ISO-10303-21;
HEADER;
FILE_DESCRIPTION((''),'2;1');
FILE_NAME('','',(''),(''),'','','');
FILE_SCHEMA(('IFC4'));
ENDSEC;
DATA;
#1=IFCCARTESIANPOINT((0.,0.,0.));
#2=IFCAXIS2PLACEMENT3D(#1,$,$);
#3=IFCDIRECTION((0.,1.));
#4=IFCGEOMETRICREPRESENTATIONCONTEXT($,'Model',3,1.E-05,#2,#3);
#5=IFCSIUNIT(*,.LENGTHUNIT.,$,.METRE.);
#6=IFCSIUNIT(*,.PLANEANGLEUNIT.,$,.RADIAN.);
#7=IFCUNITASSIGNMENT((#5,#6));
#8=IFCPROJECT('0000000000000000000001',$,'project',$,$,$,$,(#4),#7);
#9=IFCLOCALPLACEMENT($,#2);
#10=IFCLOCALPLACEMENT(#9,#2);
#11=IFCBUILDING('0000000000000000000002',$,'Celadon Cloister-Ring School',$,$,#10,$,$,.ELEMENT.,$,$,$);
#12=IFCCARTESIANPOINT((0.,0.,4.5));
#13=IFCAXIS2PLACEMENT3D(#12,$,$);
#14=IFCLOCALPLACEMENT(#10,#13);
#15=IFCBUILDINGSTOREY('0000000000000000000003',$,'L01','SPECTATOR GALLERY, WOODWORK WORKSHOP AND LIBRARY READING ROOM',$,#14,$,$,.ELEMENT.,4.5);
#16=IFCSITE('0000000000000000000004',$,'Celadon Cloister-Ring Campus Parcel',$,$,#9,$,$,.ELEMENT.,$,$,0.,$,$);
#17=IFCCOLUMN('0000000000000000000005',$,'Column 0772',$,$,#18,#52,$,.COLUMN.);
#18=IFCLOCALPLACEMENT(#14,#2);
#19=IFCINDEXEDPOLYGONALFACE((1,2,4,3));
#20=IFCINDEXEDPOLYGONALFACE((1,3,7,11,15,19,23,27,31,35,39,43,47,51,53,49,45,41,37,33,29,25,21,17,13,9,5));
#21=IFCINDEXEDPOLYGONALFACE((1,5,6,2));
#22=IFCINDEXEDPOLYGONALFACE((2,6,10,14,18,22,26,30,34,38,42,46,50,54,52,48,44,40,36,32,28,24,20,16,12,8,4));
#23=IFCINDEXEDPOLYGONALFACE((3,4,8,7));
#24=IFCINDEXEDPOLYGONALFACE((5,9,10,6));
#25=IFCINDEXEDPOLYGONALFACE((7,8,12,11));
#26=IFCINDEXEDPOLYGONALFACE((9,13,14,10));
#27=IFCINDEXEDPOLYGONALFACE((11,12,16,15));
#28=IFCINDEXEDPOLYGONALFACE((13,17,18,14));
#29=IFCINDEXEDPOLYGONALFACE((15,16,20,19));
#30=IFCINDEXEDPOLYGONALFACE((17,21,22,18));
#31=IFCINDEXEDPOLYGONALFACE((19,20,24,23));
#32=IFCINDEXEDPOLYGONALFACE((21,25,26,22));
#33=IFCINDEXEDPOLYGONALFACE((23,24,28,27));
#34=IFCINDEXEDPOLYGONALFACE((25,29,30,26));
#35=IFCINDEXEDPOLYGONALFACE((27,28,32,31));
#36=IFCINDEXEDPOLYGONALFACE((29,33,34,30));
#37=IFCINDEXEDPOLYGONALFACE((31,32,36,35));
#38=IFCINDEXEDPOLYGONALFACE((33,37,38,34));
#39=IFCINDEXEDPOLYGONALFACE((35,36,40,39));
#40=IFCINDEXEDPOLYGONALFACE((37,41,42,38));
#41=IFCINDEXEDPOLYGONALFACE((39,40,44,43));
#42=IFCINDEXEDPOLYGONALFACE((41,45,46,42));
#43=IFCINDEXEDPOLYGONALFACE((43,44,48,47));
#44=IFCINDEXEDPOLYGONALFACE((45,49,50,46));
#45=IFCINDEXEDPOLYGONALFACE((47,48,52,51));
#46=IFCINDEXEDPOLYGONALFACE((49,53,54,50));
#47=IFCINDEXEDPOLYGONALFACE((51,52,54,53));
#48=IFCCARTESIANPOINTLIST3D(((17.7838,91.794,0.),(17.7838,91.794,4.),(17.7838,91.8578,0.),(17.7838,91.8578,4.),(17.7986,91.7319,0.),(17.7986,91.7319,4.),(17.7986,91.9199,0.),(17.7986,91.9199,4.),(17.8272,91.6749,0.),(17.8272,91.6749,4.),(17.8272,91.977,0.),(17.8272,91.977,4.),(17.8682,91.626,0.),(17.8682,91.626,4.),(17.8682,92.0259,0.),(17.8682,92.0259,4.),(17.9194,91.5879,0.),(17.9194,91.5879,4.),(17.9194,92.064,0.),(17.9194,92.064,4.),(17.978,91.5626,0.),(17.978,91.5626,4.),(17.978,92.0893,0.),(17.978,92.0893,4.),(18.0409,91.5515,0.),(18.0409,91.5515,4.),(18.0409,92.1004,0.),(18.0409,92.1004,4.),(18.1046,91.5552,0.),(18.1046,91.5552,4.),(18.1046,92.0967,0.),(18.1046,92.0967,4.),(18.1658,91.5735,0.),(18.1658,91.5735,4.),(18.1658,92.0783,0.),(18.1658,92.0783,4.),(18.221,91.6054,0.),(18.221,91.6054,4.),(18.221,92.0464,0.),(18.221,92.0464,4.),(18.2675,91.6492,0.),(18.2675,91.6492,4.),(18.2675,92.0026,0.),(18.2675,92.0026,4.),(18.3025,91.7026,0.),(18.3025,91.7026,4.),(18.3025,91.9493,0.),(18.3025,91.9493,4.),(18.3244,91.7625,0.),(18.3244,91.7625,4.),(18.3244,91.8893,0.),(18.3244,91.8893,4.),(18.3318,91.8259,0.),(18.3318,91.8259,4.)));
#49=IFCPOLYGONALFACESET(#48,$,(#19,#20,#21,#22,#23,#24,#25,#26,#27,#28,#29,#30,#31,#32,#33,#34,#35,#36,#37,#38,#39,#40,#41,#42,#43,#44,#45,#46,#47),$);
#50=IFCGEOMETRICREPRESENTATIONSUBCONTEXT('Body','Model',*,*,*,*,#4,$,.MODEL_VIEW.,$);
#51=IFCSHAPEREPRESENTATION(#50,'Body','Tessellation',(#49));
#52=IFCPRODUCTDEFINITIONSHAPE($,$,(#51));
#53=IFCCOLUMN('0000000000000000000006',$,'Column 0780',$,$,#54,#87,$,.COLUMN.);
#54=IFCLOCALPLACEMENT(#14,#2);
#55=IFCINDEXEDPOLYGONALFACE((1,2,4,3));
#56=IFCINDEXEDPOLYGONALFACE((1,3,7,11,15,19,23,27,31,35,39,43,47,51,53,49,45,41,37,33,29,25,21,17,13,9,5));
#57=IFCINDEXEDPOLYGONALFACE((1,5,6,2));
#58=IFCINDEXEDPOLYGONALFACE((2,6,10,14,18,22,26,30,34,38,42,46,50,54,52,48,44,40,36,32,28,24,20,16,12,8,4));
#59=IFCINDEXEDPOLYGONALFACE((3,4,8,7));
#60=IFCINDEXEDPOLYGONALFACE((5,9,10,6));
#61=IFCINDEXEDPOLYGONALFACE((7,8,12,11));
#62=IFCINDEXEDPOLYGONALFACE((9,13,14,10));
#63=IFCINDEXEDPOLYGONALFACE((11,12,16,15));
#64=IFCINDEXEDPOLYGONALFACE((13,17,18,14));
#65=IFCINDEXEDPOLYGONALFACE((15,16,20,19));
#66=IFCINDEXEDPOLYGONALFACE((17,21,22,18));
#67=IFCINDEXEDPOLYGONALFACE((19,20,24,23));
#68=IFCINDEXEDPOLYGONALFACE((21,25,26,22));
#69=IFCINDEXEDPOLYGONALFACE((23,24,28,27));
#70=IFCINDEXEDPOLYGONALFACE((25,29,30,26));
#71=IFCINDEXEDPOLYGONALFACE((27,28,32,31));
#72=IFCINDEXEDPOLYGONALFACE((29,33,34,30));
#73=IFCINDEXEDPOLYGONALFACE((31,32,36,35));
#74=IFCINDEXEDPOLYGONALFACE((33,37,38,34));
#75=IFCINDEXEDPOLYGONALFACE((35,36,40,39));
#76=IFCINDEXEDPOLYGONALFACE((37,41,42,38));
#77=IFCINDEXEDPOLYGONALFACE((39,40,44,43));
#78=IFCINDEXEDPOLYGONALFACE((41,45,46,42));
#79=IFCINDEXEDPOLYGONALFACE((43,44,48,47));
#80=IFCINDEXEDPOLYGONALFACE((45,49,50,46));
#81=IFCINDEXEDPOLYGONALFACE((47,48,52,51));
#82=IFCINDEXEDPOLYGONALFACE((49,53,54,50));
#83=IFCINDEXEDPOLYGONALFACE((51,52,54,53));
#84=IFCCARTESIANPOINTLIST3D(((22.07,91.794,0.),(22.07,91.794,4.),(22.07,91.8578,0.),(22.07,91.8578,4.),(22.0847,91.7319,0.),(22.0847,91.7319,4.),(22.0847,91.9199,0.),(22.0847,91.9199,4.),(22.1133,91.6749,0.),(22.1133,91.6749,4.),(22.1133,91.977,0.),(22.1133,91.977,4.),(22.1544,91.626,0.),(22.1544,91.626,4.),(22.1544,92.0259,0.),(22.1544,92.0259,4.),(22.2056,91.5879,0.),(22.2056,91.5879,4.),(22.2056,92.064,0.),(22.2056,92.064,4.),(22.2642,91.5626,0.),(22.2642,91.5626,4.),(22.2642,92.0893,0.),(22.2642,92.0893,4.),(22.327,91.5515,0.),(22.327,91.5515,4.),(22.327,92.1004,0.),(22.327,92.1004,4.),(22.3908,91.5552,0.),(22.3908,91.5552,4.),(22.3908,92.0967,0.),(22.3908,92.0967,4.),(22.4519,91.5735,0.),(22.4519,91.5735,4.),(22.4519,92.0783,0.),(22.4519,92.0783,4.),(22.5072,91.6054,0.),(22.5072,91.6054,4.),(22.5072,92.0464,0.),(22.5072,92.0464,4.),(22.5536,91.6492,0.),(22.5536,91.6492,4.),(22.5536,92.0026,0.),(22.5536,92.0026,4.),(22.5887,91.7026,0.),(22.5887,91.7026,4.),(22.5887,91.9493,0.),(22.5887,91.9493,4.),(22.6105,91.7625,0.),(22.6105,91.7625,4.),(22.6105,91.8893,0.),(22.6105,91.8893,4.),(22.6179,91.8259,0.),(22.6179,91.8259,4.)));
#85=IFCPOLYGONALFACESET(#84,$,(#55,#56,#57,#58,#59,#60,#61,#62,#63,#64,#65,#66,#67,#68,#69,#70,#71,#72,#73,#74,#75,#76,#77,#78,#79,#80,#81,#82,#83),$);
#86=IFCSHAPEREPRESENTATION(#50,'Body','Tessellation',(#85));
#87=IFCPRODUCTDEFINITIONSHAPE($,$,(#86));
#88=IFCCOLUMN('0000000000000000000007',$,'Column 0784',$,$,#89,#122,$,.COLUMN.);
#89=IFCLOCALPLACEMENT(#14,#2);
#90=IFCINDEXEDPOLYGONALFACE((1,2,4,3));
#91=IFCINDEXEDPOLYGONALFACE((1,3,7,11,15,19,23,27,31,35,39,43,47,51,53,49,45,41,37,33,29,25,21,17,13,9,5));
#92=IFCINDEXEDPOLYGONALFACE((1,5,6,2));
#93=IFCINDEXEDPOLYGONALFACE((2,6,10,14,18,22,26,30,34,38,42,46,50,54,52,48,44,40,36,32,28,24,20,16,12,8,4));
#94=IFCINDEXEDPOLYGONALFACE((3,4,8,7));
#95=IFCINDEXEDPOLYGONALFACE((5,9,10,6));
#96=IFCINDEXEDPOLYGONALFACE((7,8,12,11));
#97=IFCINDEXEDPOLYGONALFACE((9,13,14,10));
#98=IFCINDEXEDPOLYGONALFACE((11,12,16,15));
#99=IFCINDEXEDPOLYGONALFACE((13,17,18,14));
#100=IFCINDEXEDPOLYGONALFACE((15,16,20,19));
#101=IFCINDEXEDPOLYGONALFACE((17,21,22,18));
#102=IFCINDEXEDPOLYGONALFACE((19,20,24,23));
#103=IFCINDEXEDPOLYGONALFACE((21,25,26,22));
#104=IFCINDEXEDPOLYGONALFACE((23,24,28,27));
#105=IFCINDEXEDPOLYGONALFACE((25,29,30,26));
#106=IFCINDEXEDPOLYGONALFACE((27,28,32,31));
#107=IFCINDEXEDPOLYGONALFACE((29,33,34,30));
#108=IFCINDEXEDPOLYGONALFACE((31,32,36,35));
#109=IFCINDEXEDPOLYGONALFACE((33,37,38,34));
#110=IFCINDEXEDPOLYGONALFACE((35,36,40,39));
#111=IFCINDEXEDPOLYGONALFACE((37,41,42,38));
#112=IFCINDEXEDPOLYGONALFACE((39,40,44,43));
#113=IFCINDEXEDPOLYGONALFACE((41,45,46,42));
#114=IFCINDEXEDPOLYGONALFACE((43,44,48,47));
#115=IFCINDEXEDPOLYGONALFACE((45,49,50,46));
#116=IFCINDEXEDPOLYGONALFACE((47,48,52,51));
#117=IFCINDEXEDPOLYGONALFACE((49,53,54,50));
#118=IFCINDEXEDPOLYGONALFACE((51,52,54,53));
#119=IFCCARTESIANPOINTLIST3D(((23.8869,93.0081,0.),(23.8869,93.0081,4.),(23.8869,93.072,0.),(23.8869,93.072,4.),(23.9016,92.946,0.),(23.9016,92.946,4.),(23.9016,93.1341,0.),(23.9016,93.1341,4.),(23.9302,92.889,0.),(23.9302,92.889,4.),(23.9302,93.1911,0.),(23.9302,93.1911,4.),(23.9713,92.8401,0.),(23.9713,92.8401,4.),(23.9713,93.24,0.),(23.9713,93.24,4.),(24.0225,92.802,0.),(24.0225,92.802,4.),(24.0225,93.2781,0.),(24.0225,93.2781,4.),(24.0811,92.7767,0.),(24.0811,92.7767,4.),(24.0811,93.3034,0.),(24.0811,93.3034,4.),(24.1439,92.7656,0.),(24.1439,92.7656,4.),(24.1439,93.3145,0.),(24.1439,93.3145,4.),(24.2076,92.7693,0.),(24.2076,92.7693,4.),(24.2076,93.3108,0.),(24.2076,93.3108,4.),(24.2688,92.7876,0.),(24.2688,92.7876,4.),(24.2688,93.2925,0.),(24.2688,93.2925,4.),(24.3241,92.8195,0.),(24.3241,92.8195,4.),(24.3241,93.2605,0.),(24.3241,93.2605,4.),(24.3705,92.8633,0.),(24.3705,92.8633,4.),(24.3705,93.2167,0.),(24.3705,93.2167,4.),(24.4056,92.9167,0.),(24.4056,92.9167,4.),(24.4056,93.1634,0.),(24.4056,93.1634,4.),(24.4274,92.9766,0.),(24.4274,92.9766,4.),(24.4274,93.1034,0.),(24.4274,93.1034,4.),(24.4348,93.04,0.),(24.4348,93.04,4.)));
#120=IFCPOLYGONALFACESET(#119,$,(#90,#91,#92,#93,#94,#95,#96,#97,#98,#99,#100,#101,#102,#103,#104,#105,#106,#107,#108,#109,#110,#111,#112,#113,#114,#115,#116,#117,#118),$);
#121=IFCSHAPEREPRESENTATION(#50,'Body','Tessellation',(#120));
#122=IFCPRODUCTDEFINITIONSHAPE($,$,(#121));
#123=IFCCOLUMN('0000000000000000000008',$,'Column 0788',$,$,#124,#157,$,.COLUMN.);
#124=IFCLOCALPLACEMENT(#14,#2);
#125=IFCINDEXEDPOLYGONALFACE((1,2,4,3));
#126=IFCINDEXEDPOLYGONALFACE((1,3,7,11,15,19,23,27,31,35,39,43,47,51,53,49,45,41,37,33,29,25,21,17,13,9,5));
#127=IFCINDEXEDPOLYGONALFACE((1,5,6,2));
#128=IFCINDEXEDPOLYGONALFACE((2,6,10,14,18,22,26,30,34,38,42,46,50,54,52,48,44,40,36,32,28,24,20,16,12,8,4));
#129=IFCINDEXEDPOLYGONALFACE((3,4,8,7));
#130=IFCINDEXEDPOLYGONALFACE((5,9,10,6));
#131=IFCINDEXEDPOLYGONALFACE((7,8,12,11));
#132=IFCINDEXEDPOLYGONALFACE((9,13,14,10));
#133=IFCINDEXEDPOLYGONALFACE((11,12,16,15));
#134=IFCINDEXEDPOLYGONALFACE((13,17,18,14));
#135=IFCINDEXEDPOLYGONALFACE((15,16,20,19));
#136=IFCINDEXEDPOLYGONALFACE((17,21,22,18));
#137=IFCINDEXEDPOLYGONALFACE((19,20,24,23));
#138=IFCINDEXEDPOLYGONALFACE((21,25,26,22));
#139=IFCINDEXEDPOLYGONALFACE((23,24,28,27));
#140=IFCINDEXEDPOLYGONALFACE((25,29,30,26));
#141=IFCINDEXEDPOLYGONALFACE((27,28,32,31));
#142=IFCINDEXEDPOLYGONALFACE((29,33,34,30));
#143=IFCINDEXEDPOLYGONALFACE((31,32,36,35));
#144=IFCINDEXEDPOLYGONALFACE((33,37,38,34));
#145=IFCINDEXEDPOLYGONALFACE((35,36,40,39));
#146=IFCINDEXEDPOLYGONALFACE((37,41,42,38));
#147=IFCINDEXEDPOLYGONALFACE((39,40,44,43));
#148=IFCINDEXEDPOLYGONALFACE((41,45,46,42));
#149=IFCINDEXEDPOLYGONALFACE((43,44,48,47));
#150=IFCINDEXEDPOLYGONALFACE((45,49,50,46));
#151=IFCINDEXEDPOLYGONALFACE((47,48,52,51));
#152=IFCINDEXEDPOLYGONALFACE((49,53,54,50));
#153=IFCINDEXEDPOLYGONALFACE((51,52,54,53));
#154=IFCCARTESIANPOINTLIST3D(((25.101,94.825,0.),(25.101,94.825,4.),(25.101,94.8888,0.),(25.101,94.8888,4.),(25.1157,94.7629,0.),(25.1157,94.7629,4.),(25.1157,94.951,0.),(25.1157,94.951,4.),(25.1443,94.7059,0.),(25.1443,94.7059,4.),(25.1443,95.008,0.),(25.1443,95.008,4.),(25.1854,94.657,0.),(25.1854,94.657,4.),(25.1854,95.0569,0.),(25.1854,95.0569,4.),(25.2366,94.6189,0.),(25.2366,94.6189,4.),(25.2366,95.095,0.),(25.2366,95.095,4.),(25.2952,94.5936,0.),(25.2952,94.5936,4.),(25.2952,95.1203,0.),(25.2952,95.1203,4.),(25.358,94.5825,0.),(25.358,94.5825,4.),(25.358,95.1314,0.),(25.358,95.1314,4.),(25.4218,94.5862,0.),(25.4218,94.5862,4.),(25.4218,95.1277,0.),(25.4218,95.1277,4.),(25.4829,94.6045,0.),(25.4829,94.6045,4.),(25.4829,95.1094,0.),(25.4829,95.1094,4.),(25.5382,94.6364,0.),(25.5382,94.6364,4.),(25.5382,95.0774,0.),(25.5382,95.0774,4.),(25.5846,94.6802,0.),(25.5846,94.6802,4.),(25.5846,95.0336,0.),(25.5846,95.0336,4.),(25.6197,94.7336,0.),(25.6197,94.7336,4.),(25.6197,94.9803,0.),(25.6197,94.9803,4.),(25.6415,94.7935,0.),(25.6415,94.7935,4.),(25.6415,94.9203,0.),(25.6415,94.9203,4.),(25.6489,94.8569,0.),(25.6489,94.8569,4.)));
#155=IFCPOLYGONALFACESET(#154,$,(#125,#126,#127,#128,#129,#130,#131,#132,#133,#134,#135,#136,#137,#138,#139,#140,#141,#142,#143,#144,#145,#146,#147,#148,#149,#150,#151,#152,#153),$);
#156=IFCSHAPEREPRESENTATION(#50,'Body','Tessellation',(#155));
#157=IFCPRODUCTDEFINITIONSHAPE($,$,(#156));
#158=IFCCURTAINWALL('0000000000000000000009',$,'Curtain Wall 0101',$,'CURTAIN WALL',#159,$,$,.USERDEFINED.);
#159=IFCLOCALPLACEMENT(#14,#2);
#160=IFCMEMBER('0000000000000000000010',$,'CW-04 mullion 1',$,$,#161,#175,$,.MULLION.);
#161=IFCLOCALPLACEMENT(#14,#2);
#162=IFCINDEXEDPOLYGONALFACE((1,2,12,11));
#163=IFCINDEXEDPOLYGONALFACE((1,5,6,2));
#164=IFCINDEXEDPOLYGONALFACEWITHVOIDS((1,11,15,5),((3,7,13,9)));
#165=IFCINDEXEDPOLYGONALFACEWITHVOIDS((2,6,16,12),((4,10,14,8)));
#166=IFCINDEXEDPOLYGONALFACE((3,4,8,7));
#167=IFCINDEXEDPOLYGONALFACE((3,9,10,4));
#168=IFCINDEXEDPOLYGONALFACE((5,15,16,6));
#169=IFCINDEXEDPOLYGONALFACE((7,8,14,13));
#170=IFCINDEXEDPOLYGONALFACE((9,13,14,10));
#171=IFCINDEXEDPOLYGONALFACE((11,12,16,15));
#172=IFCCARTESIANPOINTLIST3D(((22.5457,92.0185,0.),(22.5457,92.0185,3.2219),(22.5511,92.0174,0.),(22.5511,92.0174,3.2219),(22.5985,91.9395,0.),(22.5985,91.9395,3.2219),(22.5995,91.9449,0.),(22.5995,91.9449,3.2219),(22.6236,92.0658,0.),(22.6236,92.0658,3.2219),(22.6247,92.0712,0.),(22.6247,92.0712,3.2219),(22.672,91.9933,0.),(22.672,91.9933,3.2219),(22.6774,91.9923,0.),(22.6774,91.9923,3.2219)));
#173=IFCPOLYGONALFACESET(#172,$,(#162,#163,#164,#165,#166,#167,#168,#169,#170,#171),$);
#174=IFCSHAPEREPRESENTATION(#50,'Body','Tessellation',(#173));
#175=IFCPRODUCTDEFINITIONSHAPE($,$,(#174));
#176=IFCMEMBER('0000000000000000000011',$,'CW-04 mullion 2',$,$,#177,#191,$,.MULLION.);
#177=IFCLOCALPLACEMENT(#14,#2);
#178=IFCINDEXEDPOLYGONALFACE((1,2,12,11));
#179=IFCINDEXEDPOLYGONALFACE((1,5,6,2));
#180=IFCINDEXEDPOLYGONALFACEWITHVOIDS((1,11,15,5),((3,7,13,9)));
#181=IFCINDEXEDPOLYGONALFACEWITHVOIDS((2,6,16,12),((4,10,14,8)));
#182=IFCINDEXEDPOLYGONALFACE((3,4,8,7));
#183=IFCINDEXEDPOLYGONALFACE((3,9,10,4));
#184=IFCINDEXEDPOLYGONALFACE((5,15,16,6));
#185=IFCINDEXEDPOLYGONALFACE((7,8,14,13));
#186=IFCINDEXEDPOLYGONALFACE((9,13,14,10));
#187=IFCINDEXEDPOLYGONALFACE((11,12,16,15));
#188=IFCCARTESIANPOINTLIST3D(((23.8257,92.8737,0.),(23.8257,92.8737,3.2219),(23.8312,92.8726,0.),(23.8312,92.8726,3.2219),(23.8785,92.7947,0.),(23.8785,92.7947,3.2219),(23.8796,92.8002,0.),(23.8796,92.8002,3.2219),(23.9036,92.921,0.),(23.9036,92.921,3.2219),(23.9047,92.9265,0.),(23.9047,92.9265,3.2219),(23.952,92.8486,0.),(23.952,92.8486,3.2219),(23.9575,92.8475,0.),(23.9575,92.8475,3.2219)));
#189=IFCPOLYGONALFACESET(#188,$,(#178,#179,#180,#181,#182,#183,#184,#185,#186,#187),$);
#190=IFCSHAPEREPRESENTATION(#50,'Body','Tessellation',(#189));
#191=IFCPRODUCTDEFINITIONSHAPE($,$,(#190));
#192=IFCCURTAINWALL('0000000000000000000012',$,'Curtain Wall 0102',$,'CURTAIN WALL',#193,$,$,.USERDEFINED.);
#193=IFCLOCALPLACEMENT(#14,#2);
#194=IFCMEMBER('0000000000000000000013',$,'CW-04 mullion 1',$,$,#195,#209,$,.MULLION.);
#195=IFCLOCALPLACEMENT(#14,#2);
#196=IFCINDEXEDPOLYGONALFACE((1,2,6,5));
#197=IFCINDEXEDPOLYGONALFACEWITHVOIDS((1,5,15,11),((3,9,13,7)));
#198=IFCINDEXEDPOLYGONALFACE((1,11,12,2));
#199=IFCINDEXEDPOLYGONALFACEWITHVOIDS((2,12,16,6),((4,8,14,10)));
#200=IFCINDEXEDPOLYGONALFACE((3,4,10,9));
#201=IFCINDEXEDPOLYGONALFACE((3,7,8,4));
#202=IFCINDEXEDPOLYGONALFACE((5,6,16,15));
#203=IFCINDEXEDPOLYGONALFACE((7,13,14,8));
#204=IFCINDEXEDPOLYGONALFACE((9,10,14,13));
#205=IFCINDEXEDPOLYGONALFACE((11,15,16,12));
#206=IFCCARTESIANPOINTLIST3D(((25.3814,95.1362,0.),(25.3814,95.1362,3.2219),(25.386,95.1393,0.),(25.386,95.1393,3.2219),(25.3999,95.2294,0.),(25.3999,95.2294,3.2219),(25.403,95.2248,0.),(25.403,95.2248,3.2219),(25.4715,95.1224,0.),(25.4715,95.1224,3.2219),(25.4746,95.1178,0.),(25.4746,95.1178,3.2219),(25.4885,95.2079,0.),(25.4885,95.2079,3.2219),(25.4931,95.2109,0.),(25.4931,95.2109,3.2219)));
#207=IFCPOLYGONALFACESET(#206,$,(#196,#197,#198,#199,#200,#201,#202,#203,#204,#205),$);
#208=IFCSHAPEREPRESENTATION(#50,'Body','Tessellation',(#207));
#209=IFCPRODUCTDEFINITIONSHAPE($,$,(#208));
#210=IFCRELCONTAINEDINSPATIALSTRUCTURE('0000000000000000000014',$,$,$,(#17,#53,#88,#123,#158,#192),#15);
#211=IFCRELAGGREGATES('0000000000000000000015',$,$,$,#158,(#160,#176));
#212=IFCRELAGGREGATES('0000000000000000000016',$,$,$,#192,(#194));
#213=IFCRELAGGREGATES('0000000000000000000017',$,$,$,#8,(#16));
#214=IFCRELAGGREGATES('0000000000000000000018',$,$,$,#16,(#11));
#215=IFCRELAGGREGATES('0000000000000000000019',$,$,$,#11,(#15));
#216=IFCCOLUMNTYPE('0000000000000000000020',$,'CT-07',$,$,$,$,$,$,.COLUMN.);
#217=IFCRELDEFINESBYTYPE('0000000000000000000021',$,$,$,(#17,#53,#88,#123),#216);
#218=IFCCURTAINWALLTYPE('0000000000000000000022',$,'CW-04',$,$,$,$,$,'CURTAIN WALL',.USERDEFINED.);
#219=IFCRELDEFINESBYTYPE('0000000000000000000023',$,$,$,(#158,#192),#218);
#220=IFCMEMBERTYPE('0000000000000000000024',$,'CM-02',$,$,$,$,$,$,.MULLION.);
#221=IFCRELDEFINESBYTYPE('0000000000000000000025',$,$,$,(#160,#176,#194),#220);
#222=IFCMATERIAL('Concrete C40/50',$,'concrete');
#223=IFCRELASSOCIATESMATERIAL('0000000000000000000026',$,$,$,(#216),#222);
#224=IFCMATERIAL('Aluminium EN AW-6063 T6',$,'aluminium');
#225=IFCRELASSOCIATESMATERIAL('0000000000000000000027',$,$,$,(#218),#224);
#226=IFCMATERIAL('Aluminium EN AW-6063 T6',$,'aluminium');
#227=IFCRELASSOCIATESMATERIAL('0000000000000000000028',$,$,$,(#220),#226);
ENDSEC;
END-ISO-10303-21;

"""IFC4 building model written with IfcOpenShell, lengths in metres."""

from ifc_helpers import new_model, si_unit, direction, frame, origin, origin_2d, place, context, subcontext, project, spatial, hollow_rectangle, circle, extrude, material, material_profile, profile_set, type_object, element, aggregate, save


model = new_model("IFC4")

# Units and contexts
model_context = context("Model", 3, precision=1e-05, world=origin(), true_north=direction((0.0, 1.0)))
body_context = subcontext(model_context, "Body", "Model", "MODEL_VIEW")
ifc_project = project(units=[si_unit("LENGTHUNIT", "METRE"), si_unit("PLANEANGLEUNIT", "RADIAN")], contexts=[model_context])

# Site, building, storey
site_placement = place(None, origin())
site = spatial("IfcSite", under=ifc_project, at=site_placement, Name="Celadon Cloister-Ring Campus Parcel", CompositionType="ELEMENT", RefElevation=0.0)
building_placement = place(site_placement, origin())
building = spatial("IfcBuilding", under=site, at=building_placement, Name="Celadon Cloister-Ring School", CompositionType="ELEMENT")
storey_placement = place(building_placement, frame((0.0, 0.0, 4.5)))
storey = spatial("IfcBuildingStorey", under=building, at=storey_placement, Name="L01", Description="SPECTATOR GALLERY, WOODWORK WORKSHOP AND LIBRARY READING ROOM", CompositionType="ELEMENT", Elevation=4.5)

# Columns
ifc_material_1 = material(Name="Concrete C40/50", Category="concrete")
ifc_material_profile_1 = material_profile(ifc_material_1, circle(Radius=0.2749, at=origin_2d()), Name="CIRC550")
ifc_profile_set_1 = profile_set([ifc_material_profile_1], Name="Concrete C40/50")
column_type = type_object("IfcColumnType", Name="CT-07", PredefinedType="COLUMN", material=ifc_profile_set_1)
for number, where, z_axis, x_axis, name in (
    (1, (18.0569, 91.8259, 0.0), (0.0, 0.0, 1.0), (1.0, 0.0, 0.0), "Column 0772"),
    (2, (22.343, 91.8259, 0.0), (0.0, 0.0, 1.0), (1.0, 0.0, 0.0), "Column 0780"),
    (3, (24.1599, 93.04, 0.0), (0.0, 0.0, 1.0), (1.0, 0.0, 0.0), "Column 0784"),
    (4, (25.374, 94.8569, 0.0), (0.0, 0.0, 1.0), (1.0, 0.0, 0.0), "Column 0788"),
):
    element("IfcColumn", number, at=place(storey_placement, frame(where, z_axis=z_axis, x_axis=x_axis)), inside=storey, type_object=column_type, Name=name, PredefinedType="COLUMN", context=body_context, shape_type="SweptSolid", body=[
        extrude(circle(Radius=0.2749, at=origin_2d()), origin(), (0.0, 0.0, 1.0), 4.0),
    ])

# Curtain wall, members
ifc_material_2 = material(Name="Aluminium EN AW-6063 T6", Category="aluminium")
curtain_wall_type = type_object("IfcCurtainWallType", Name="CW-04", ElementType="CURTAIN WALL", PredefinedType="USERDEFINED", material=ifc_material_2)
curtain_wall_1_placement = place(storey_placement, origin())
curtain_wall_1 = element("IfcCurtainWall", 5, at=curtain_wall_1_placement, inside=storey, type_object=curtain_wall_type, Name="Curtain Wall 0101", ObjectType="CURTAIN WALL", PredefinedType="USERDEFINED")
ifc_material_3 = material(Name="Aluminium EN AW-6063 T6", Category="aluminium")
ifc_material_profile_2 = material_profile(ifc_material_3, hollow_rectangle(XDim=0.095, YDim=0.095, WallThickness=0.0039, at=origin_2d()), Name="RHS95X95X4")
ifc_profile_set_2 = profile_set([ifc_material_profile_2], Name="Aluminium EN AW-6063 T6")
member_type_1 = type_object("IfcMemberType", Name="CM-02", PredefinedType="MULLION", material=ifc_profile_set_2)
member_1_placement = place(storey_placement, frame((22.6116, 92.0054, 0.0), z_axis=(0.0, 0.0, 1.0), x_axis=(-0.555547, 0.831485, 0.0)))
member_1 = element("IfcMember", 6, at=member_1_placement, type_object=member_type_1, Name="CW-04 mullion 1", PredefinedType="MULLION", context=body_context, shape_type="SweptSolid", body=[
    extrude(hollow_rectangle(XDim=0.095, YDim=0.095, WallThickness=0.0039, at=origin_2d()), origin(), (0.0, 0.0, 1.0), 3.2219),
])
member_2_placement = place(storey_placement, frame((23.8916, 92.8606, 0.0), z_axis=(0.0, 0.0, 1.0), x_axis=(-0.555547, 0.831485, 0.0)))
member_2 = element("IfcMember", 7, at=member_2_placement, type_object=member_type_1, Name="CW-04 mullion 2", PredefinedType="MULLION", context=body_context, shape_type="SweptSolid", body=[
    extrude(hollow_rectangle(XDim=0.095, YDim=0.095, WallThickness=0.0039, at=origin_2d()), origin(), (0.0, 0.0, 1.0), 3.2219),
])

# Curtain wall, member
curtain_wall_2_placement = place(storey_placement, origin())
curtain_wall_2 = element("IfcCurtainWall", 8, at=curtain_wall_2_placement, inside=storey, type_object=curtain_wall_type, Name="Curtain Wall 0102", ObjectType="CURTAIN WALL", PredefinedType="USERDEFINED")
member_3_placement = place(storey_placement, frame((25.4373, 95.1736, 0.0), z_axis=(0.0, 0.0, 1.0), x_axis=(-0.980885, 0.194586, 0.0)))
member_3 = element("IfcMember", 9, at=member_3_placement, type_object=member_type_1, Name="CW-04 mullion 1", PredefinedType="MULLION", context=body_context, shape_type="SweptSolid", body=[
    extrude(hollow_rectangle(XDim=0.095, YDim=0.095, WallThickness=0.0039, at=origin_2d()), origin(), (0.0, 0.0, 1.0), 3.2219),
])

aggregate(curtain_wall_1, [member_1, member_2])
aggregate(curtain_wall_2, [member_3])

save(model, "model.ifc")
